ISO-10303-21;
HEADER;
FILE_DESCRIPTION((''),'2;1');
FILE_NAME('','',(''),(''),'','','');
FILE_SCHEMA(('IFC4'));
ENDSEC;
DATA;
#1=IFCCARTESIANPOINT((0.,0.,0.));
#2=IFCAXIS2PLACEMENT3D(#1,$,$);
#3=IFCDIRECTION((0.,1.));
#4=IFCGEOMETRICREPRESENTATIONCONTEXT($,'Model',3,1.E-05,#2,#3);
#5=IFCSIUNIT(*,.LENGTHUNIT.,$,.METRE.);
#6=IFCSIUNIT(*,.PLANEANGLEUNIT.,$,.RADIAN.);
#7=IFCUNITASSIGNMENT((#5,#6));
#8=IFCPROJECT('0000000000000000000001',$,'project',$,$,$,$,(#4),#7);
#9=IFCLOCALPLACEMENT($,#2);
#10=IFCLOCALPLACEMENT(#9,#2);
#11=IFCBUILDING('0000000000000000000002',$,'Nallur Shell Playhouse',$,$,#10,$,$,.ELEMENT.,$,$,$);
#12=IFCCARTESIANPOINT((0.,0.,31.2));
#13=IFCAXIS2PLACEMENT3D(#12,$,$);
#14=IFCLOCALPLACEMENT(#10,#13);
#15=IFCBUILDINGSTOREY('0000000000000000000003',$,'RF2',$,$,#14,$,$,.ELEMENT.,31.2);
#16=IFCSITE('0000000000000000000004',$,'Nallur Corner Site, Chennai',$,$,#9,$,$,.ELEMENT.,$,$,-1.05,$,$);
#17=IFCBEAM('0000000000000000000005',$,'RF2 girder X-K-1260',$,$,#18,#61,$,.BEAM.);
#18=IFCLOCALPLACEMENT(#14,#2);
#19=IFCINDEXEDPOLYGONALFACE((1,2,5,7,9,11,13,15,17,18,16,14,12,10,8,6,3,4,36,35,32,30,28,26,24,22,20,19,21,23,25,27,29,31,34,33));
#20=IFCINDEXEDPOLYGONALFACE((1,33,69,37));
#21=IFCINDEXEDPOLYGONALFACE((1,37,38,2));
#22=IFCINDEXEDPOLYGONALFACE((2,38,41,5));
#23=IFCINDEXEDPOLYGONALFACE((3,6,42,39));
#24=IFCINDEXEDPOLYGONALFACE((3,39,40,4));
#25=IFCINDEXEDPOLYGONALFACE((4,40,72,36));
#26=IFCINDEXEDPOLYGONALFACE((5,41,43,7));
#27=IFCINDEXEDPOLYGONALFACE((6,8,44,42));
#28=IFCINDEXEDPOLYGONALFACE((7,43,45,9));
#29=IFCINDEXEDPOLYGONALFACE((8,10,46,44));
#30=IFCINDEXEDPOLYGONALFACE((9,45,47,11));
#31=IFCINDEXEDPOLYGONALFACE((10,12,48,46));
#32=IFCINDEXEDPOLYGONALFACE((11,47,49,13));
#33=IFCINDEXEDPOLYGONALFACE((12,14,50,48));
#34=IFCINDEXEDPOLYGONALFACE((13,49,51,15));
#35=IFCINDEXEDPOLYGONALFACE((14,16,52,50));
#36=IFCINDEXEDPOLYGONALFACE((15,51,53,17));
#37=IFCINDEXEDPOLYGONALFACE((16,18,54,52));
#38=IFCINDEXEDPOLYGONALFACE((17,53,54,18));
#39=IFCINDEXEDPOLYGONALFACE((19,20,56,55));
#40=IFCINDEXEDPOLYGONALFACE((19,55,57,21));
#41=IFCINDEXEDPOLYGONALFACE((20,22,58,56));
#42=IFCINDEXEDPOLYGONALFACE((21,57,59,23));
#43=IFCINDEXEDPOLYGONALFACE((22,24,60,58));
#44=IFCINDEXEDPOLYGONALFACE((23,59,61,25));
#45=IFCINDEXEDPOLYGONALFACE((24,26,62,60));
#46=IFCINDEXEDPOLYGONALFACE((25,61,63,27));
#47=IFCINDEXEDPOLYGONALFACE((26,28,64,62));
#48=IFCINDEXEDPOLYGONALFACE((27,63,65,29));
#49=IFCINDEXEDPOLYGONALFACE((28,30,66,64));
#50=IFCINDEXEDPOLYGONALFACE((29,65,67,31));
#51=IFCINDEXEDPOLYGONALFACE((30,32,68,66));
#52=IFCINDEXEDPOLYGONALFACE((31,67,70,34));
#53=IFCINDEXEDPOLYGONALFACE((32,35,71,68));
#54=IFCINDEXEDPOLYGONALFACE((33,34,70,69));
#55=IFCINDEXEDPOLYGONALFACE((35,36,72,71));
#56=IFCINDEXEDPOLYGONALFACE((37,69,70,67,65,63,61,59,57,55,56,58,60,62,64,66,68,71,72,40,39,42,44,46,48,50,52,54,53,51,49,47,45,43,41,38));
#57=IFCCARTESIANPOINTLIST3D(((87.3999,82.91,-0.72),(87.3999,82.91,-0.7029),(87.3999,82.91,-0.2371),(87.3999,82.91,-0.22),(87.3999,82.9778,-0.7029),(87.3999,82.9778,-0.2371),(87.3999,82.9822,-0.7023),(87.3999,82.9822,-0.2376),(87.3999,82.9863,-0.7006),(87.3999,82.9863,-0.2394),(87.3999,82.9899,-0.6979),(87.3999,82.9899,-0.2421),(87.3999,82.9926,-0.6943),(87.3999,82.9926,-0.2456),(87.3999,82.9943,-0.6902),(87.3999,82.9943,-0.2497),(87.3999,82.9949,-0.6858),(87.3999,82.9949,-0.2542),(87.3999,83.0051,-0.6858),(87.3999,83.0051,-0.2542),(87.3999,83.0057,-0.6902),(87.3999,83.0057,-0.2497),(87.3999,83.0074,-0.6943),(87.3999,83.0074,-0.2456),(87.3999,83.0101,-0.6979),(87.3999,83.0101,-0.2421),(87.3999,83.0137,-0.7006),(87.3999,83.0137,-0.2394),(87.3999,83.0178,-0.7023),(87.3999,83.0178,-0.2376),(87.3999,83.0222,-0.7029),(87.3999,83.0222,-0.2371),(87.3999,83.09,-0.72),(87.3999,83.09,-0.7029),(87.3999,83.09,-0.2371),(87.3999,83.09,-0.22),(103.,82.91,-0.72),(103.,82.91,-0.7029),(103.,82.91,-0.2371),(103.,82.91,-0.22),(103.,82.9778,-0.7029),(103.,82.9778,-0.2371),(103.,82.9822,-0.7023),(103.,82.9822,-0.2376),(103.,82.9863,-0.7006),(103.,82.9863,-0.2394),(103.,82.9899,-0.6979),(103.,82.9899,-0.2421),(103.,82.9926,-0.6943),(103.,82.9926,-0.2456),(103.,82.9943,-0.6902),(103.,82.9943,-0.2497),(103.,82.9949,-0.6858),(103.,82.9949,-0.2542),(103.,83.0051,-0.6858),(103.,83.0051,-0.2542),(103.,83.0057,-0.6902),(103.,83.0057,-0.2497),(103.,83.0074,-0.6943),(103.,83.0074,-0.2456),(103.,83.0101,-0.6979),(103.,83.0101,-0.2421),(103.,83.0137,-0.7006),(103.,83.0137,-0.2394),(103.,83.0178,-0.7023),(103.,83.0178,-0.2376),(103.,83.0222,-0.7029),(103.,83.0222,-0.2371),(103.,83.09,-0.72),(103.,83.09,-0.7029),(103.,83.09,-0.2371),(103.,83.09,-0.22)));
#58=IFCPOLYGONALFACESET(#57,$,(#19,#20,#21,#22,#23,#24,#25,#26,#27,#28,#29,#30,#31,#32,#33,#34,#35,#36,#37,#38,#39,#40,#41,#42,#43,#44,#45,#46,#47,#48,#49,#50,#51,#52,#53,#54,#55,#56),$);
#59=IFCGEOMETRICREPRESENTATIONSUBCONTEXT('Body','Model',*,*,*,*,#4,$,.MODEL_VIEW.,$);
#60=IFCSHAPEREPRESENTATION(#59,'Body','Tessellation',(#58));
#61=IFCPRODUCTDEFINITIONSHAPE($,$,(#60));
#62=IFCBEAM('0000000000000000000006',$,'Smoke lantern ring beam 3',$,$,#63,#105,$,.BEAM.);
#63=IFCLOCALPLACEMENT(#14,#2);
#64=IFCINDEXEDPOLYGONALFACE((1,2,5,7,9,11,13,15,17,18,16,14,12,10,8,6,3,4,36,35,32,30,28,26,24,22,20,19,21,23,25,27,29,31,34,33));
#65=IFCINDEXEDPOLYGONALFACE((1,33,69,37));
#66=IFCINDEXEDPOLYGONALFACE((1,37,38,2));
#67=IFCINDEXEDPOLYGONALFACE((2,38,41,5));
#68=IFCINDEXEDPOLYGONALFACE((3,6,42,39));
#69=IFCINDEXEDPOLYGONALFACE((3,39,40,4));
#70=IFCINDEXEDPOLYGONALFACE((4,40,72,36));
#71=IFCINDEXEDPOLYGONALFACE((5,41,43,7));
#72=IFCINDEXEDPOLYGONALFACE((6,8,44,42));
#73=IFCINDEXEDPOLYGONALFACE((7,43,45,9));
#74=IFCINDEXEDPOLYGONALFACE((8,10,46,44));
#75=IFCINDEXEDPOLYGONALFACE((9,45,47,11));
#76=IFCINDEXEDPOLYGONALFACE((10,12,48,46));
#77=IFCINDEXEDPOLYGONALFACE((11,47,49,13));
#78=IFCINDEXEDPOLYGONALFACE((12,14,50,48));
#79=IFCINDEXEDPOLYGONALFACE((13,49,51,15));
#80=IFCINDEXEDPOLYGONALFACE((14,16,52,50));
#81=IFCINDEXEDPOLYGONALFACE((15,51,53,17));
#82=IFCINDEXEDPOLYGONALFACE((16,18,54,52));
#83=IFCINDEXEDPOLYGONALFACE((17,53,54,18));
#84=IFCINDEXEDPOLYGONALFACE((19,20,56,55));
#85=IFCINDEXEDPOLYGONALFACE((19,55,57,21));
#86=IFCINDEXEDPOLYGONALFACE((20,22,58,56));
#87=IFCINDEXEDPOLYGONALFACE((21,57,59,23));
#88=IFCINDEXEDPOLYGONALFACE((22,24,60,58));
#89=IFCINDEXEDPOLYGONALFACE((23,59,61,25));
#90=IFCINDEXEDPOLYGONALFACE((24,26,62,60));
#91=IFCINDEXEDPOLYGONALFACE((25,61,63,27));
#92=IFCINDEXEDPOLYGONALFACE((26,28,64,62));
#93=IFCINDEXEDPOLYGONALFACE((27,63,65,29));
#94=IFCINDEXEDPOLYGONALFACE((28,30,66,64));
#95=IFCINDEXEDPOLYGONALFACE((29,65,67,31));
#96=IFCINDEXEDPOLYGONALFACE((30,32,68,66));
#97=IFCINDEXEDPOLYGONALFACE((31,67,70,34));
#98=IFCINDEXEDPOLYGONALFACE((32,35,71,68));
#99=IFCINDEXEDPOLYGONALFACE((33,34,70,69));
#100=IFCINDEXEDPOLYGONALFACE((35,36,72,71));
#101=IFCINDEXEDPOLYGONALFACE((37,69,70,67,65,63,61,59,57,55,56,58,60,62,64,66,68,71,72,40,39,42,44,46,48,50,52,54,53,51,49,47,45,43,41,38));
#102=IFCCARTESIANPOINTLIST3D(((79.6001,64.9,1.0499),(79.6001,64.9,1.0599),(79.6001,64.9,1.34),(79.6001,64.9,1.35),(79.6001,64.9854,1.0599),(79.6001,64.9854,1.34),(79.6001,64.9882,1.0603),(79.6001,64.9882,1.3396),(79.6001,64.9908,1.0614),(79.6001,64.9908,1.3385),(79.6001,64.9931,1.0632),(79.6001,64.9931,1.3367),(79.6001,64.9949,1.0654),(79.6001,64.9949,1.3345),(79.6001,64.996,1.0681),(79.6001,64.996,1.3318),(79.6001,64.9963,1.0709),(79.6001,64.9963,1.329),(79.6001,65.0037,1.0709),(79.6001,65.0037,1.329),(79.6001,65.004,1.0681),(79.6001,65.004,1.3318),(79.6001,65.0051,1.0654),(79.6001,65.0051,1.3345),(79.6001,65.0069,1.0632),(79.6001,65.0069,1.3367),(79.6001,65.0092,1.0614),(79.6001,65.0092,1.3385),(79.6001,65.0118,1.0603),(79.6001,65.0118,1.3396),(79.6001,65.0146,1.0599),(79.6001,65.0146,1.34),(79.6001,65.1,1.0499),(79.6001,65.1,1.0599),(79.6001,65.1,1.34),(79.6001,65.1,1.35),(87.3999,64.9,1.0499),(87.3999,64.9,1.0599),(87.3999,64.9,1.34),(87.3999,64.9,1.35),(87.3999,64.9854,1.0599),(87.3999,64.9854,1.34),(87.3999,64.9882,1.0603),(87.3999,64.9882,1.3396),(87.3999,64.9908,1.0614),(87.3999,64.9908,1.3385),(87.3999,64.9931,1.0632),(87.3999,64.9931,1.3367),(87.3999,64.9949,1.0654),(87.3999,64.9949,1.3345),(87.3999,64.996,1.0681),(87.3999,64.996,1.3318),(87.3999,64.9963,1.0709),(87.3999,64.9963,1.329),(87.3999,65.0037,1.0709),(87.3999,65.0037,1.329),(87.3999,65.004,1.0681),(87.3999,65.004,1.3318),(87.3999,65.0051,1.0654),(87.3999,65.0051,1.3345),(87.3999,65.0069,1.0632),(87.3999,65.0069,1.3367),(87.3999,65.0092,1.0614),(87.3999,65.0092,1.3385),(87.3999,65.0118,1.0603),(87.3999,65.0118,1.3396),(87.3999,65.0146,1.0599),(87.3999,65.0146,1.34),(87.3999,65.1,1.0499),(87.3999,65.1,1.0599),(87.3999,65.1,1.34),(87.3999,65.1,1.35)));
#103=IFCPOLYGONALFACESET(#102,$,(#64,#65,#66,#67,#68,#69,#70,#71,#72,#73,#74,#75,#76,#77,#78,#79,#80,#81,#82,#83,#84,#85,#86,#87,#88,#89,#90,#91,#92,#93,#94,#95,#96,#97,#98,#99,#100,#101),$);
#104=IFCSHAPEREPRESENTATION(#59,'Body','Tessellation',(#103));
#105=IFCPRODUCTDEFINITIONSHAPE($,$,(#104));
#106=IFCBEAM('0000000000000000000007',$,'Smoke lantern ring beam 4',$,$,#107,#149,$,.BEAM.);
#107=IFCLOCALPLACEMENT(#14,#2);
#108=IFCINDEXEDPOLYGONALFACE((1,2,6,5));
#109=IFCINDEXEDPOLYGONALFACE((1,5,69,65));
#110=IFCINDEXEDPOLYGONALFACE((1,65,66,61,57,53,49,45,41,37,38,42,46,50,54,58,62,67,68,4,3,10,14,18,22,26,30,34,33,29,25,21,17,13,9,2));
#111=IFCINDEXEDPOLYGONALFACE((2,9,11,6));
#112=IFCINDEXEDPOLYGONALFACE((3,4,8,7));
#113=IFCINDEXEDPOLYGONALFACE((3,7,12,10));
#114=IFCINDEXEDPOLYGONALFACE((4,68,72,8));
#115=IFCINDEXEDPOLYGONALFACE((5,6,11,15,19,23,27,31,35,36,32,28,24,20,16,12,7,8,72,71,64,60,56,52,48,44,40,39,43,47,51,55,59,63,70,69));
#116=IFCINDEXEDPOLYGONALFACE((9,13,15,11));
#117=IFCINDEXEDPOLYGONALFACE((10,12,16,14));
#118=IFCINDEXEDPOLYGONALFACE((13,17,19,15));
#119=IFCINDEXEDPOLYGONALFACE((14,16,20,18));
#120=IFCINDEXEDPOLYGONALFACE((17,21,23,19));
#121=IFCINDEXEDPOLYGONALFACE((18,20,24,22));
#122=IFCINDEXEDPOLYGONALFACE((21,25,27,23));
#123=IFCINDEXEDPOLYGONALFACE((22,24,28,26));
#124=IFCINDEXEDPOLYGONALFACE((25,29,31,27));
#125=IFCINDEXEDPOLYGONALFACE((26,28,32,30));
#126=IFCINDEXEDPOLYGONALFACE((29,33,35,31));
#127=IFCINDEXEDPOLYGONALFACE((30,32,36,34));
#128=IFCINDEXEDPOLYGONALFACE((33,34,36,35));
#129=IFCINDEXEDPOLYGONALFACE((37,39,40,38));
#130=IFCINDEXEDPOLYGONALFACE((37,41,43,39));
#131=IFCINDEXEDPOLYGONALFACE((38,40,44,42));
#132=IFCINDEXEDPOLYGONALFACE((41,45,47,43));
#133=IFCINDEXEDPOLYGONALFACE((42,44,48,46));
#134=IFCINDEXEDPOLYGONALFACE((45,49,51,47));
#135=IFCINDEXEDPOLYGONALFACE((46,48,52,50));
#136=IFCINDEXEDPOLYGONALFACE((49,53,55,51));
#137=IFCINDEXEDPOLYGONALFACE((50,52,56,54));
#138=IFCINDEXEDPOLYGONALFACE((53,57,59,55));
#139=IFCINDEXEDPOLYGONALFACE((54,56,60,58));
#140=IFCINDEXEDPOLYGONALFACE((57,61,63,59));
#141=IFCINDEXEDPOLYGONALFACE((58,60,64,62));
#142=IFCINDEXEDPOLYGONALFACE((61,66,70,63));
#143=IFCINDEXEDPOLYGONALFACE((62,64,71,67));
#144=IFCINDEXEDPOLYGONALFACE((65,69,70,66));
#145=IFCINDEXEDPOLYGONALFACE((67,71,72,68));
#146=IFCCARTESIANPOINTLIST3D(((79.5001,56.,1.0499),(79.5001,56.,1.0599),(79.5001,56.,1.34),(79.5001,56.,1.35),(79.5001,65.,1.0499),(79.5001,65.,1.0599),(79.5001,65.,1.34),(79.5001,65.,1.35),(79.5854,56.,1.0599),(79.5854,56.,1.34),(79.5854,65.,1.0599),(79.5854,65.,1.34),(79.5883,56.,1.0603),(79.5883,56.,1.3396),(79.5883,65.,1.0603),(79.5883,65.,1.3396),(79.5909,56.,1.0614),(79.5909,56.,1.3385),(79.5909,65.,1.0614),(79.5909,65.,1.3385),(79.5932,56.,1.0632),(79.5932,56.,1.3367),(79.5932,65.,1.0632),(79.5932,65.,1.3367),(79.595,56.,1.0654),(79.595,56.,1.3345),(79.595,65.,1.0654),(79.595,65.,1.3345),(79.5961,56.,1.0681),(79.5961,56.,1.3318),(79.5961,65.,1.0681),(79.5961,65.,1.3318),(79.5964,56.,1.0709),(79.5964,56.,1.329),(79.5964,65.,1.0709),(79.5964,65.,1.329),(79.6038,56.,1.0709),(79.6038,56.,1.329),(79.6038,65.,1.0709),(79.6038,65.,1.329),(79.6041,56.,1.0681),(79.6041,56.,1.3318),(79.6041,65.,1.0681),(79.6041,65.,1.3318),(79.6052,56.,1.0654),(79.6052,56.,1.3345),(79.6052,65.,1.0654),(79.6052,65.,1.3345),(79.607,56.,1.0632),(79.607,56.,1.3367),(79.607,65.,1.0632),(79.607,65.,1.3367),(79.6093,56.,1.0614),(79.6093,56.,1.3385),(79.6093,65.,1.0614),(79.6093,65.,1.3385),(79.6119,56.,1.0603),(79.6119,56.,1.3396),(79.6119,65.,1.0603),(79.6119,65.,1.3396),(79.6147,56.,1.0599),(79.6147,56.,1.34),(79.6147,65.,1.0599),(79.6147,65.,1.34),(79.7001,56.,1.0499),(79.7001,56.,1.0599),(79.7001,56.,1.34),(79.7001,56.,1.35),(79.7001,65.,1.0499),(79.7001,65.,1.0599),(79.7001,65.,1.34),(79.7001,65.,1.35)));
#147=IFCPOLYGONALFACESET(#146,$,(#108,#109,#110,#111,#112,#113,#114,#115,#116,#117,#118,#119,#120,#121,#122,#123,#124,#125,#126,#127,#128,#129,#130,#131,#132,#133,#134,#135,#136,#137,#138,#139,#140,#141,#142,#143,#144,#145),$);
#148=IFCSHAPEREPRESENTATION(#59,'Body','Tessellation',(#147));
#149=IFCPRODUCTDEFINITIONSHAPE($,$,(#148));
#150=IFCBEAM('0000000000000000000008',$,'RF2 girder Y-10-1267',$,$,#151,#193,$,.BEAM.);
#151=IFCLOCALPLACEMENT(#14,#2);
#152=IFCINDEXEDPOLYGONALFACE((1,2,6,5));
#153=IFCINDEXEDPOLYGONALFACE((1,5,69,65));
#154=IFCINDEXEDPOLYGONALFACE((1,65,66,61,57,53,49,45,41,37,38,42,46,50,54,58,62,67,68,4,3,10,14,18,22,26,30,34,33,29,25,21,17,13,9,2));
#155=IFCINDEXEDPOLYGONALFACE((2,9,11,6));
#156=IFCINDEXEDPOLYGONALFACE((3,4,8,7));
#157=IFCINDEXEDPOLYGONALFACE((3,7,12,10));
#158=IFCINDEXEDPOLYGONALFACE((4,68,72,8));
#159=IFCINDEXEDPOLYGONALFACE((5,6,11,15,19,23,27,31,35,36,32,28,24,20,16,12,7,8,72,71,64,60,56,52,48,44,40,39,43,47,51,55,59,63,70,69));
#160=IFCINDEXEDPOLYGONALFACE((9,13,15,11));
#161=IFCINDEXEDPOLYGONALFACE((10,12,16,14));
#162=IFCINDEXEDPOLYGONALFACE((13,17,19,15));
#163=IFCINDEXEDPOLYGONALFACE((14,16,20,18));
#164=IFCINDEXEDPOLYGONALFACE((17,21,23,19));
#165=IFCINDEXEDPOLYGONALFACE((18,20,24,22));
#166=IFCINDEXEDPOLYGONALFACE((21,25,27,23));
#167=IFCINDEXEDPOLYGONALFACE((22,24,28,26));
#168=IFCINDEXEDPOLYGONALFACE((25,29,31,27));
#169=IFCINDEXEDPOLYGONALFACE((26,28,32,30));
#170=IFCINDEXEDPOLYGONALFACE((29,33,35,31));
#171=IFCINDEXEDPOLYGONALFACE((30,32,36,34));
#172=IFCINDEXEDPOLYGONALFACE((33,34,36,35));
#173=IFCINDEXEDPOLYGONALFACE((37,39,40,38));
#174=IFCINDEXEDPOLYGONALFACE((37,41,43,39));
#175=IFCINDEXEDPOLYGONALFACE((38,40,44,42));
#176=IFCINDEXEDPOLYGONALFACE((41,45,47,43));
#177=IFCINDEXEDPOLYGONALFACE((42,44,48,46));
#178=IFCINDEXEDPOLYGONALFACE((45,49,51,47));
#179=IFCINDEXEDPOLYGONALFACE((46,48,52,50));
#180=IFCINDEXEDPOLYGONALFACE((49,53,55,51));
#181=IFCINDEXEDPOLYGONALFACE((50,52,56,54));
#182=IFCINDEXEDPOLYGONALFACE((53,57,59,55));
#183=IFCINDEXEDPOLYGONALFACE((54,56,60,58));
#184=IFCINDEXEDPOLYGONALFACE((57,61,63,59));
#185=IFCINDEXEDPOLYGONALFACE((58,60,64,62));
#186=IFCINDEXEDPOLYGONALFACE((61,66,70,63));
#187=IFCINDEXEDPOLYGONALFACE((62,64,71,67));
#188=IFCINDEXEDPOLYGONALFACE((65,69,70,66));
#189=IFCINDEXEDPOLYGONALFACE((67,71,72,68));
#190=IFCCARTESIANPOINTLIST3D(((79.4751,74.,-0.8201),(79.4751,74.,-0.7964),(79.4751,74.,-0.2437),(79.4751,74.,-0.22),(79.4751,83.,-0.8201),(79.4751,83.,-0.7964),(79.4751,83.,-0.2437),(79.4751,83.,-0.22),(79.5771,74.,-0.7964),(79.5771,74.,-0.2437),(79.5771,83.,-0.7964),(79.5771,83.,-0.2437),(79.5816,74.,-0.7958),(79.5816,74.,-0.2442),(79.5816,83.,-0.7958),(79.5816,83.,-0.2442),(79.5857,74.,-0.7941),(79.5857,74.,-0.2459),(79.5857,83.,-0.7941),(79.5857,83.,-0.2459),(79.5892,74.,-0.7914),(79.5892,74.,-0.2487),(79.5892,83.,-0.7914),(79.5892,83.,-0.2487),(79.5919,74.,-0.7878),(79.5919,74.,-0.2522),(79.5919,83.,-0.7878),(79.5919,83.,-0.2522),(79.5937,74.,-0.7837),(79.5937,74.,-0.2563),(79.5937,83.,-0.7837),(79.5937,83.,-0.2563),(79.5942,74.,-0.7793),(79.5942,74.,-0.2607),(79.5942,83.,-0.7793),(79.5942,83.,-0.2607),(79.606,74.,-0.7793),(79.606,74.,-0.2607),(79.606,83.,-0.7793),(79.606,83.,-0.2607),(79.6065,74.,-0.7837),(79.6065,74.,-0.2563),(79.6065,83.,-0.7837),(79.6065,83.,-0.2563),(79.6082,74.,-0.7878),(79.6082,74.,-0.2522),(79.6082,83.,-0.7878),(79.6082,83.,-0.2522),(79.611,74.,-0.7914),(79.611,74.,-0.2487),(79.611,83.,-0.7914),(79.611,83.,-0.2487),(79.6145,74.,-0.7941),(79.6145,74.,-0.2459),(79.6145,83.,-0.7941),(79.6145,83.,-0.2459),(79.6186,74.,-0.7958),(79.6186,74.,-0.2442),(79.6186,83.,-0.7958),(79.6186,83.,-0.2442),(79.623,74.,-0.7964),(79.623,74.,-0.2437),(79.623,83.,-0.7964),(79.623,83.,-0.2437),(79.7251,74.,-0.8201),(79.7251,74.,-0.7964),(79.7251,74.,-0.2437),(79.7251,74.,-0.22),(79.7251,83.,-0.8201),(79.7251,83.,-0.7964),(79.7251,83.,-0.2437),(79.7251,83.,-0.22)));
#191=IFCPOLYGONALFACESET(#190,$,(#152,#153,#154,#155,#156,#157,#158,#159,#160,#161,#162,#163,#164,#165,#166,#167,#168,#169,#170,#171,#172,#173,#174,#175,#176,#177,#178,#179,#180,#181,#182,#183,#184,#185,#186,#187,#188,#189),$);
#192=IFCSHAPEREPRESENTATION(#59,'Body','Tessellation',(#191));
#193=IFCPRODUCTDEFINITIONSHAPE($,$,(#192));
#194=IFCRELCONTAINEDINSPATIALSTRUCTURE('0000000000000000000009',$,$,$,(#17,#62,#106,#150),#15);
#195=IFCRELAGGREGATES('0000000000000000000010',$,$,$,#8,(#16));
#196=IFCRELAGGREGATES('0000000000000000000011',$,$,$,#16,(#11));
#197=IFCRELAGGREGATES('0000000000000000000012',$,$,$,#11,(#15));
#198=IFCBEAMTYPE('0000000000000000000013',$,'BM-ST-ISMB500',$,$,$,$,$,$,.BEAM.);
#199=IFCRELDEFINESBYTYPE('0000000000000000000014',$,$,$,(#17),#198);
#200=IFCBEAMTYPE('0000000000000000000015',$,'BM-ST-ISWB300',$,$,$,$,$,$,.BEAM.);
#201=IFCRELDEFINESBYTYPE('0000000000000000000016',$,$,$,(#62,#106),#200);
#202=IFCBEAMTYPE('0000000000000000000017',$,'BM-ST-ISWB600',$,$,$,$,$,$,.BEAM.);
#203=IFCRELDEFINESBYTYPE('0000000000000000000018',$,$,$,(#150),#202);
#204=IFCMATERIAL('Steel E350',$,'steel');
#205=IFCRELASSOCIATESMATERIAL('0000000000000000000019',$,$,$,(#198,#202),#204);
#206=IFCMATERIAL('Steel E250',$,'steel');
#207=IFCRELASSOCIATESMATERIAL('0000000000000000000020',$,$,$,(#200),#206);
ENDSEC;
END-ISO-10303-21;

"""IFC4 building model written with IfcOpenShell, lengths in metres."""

from ifc_helpers import new_model, si_unit, direction, frame, origin, origin_2d, place, context, subcontext, project, spatial, i_section, extrude, material, material_profile, profile_set, type_object, element, save


model = new_model("IFC4")

# Units and contexts
model_context = context("Model", 3, precision=1e-05, world=origin(), true_north=direction((0.0, 1.0)))
body_context = subcontext(model_context, "Body", "Model", "MODEL_VIEW")
ifc_project = project(units=[si_unit("LENGTHUNIT", "METRE"), si_unit("PLANEANGLEUNIT", "RADIAN")], contexts=[model_context])

# Site, building, storey
site_placement = place(None, origin())
site = spatial("IfcSite", under=ifc_project, at=site_placement, Name="Nallur Corner Site, Chennai", CompositionType="ELEMENT", RefElevation=-1.05)
building_placement = place(site_placement, origin())
building = spatial("IfcBuilding", under=site, at=building_placement, Name="Nallur Shell Playhouse", CompositionType="ELEMENT")
storey_placement = place(building_placement, frame((0.0, 0.0, 31.2)))
storey = spatial("IfcBuildingStorey", under=building, at=storey_placement, Name="RF2", CompositionType="ELEMENT", Elevation=31.2)

# Beams
ifc_material_1 = material(Name="Steel E350", Category="steel")
ifc_material_profile_1 = material_profile(ifc_material_1, i_section(OverallWidth=0.1799, OverallDepth=0.5, WebThickness=0.0103, FlangeThickness=0.0171, FilletRadius=0.0171, at=origin_2d()), Name="ISMB 500")
ifc_profile_set_1 = profile_set([ifc_material_profile_1], Name="Steel E350")
beam_type_1 = type_object("IfcBeamType", Name="BM-ST-ISMB500", PredefinedType="BEAM", material=ifc_profile_set_1)
beam_1_placement = place(storey_placement, frame((87.3999, 83.0, -0.47), z_axis=(1.0, 0.0, 0.0), x_axis=(0.0, 1.0, 0.0)))
element("IfcBeam", 1, at=beam_1_placement, inside=storey, type_object=beam_type_1, Name="RF2 girder X-K-1260", PredefinedType="BEAM", context=body_context, shape_type="SweptSolid", body=[
    extrude(i_section(OverallWidth=0.1799, OverallDepth=0.5, WebThickness=0.0103, FlangeThickness=0.0171, FilletRadius=0.0171, at=origin_2d()), origin(), (0.0, 0.0, 1.0), 15.6001),
])
ifc_material_2 = material(Name="Steel E250", Category="steel")
ifc_material_profile_2 = material_profile(ifc_material_2, i_section(OverallWidth=0.2, OverallDepth=0.3, WebThickness=0.0073, FlangeThickness=0.01, FilletRadius=0.011, at=origin_2d()), Name="ISWB 300")
ifc_profile_set_2 = profile_set([ifc_material_profile_2], Name="Steel E250")
beam_type_2 = type_object("IfcBeamType", Name="BM-ST-ISWB300", PredefinedType="BEAM", material=ifc_profile_set_2)
beam_2_placement = place(storey_placement, frame((87.3999, 65.0, 1.2), z_axis=(-1.0, 0.0, 0.0), x_axis=(0.0, -1.0, 0.0)))
element("IfcBeam", 2, at=beam_2_placement, inside=storey, type_object=beam_type_2, Name="Smoke lantern ring beam 3", PredefinedType="BEAM", context=body_context, shape_type="SweptSolid", body=[
    extrude(i_section(OverallWidth=0.2, OverallDepth=0.3, WebThickness=0.0073, FlangeThickness=0.01, FilletRadius=0.011, at=origin_2d()), origin(), (0.0, 0.0, 1.0), 7.7998),
])
beam_3_placement = place(storey_placement, frame((79.6001, 65.0, 1.2), z_axis=(0.0, -1.0, 0.0), x_axis=(1.0, 0.0, 0.0)))
element("IfcBeam", 3, at=beam_3_placement, inside=storey, type_object=beam_type_2, Name="Smoke lantern ring beam 4", PredefinedType="BEAM", context=body_context, shape_type="SweptSolid", body=[
    extrude(i_section(OverallWidth=0.2, OverallDepth=0.3, WebThickness=0.0073, FlangeThickness=0.01, FilletRadius=0.011, at=origin_2d()), origin(), (0.0, 0.0, 1.0), 9.0),
])
ifc_material_profile_3 = material_profile(ifc_material_1, i_section(OverallWidth=0.25, OverallDepth=0.6001, WebThickness=0.0117, FlangeThickness=0.0237, FilletRadius=0.0171, at=origin_2d()), Name="ISWB 600")
ifc_profile_set_3 = profile_set([ifc_material_profile_3], Name="Steel E350")
beam_type_3 = type_object("IfcBeamType", Name="BM-ST-ISWB600", PredefinedType="BEAM", material=ifc_profile_set_3)
for number, where, z_axis, x_axis, name in (
    (4, (79.6001, 74.0, -0.52), (0.0, 1.0, 0.0), (-1.0, 0.0, 0.0), "RF2 girder Y-10-1267"),
):
    element("IfcBeam", number, at=place(storey_placement, frame(where, z_axis=z_axis, x_axis=x_axis)), inside=storey, type_object=beam_type_3, Name=name, PredefinedType="BEAM", context=body_context, shape_type="SweptSolid", body=[
        extrude(i_section(OverallWidth=0.25, OverallDepth=0.6001, WebThickness=0.0117, FlangeThickness=0.0237, FilletRadius=0.0171, at=origin_2d()), origin(), (0.0, 0.0, 1.0), 9.0),
    ])

save(model, "model.ifc")
